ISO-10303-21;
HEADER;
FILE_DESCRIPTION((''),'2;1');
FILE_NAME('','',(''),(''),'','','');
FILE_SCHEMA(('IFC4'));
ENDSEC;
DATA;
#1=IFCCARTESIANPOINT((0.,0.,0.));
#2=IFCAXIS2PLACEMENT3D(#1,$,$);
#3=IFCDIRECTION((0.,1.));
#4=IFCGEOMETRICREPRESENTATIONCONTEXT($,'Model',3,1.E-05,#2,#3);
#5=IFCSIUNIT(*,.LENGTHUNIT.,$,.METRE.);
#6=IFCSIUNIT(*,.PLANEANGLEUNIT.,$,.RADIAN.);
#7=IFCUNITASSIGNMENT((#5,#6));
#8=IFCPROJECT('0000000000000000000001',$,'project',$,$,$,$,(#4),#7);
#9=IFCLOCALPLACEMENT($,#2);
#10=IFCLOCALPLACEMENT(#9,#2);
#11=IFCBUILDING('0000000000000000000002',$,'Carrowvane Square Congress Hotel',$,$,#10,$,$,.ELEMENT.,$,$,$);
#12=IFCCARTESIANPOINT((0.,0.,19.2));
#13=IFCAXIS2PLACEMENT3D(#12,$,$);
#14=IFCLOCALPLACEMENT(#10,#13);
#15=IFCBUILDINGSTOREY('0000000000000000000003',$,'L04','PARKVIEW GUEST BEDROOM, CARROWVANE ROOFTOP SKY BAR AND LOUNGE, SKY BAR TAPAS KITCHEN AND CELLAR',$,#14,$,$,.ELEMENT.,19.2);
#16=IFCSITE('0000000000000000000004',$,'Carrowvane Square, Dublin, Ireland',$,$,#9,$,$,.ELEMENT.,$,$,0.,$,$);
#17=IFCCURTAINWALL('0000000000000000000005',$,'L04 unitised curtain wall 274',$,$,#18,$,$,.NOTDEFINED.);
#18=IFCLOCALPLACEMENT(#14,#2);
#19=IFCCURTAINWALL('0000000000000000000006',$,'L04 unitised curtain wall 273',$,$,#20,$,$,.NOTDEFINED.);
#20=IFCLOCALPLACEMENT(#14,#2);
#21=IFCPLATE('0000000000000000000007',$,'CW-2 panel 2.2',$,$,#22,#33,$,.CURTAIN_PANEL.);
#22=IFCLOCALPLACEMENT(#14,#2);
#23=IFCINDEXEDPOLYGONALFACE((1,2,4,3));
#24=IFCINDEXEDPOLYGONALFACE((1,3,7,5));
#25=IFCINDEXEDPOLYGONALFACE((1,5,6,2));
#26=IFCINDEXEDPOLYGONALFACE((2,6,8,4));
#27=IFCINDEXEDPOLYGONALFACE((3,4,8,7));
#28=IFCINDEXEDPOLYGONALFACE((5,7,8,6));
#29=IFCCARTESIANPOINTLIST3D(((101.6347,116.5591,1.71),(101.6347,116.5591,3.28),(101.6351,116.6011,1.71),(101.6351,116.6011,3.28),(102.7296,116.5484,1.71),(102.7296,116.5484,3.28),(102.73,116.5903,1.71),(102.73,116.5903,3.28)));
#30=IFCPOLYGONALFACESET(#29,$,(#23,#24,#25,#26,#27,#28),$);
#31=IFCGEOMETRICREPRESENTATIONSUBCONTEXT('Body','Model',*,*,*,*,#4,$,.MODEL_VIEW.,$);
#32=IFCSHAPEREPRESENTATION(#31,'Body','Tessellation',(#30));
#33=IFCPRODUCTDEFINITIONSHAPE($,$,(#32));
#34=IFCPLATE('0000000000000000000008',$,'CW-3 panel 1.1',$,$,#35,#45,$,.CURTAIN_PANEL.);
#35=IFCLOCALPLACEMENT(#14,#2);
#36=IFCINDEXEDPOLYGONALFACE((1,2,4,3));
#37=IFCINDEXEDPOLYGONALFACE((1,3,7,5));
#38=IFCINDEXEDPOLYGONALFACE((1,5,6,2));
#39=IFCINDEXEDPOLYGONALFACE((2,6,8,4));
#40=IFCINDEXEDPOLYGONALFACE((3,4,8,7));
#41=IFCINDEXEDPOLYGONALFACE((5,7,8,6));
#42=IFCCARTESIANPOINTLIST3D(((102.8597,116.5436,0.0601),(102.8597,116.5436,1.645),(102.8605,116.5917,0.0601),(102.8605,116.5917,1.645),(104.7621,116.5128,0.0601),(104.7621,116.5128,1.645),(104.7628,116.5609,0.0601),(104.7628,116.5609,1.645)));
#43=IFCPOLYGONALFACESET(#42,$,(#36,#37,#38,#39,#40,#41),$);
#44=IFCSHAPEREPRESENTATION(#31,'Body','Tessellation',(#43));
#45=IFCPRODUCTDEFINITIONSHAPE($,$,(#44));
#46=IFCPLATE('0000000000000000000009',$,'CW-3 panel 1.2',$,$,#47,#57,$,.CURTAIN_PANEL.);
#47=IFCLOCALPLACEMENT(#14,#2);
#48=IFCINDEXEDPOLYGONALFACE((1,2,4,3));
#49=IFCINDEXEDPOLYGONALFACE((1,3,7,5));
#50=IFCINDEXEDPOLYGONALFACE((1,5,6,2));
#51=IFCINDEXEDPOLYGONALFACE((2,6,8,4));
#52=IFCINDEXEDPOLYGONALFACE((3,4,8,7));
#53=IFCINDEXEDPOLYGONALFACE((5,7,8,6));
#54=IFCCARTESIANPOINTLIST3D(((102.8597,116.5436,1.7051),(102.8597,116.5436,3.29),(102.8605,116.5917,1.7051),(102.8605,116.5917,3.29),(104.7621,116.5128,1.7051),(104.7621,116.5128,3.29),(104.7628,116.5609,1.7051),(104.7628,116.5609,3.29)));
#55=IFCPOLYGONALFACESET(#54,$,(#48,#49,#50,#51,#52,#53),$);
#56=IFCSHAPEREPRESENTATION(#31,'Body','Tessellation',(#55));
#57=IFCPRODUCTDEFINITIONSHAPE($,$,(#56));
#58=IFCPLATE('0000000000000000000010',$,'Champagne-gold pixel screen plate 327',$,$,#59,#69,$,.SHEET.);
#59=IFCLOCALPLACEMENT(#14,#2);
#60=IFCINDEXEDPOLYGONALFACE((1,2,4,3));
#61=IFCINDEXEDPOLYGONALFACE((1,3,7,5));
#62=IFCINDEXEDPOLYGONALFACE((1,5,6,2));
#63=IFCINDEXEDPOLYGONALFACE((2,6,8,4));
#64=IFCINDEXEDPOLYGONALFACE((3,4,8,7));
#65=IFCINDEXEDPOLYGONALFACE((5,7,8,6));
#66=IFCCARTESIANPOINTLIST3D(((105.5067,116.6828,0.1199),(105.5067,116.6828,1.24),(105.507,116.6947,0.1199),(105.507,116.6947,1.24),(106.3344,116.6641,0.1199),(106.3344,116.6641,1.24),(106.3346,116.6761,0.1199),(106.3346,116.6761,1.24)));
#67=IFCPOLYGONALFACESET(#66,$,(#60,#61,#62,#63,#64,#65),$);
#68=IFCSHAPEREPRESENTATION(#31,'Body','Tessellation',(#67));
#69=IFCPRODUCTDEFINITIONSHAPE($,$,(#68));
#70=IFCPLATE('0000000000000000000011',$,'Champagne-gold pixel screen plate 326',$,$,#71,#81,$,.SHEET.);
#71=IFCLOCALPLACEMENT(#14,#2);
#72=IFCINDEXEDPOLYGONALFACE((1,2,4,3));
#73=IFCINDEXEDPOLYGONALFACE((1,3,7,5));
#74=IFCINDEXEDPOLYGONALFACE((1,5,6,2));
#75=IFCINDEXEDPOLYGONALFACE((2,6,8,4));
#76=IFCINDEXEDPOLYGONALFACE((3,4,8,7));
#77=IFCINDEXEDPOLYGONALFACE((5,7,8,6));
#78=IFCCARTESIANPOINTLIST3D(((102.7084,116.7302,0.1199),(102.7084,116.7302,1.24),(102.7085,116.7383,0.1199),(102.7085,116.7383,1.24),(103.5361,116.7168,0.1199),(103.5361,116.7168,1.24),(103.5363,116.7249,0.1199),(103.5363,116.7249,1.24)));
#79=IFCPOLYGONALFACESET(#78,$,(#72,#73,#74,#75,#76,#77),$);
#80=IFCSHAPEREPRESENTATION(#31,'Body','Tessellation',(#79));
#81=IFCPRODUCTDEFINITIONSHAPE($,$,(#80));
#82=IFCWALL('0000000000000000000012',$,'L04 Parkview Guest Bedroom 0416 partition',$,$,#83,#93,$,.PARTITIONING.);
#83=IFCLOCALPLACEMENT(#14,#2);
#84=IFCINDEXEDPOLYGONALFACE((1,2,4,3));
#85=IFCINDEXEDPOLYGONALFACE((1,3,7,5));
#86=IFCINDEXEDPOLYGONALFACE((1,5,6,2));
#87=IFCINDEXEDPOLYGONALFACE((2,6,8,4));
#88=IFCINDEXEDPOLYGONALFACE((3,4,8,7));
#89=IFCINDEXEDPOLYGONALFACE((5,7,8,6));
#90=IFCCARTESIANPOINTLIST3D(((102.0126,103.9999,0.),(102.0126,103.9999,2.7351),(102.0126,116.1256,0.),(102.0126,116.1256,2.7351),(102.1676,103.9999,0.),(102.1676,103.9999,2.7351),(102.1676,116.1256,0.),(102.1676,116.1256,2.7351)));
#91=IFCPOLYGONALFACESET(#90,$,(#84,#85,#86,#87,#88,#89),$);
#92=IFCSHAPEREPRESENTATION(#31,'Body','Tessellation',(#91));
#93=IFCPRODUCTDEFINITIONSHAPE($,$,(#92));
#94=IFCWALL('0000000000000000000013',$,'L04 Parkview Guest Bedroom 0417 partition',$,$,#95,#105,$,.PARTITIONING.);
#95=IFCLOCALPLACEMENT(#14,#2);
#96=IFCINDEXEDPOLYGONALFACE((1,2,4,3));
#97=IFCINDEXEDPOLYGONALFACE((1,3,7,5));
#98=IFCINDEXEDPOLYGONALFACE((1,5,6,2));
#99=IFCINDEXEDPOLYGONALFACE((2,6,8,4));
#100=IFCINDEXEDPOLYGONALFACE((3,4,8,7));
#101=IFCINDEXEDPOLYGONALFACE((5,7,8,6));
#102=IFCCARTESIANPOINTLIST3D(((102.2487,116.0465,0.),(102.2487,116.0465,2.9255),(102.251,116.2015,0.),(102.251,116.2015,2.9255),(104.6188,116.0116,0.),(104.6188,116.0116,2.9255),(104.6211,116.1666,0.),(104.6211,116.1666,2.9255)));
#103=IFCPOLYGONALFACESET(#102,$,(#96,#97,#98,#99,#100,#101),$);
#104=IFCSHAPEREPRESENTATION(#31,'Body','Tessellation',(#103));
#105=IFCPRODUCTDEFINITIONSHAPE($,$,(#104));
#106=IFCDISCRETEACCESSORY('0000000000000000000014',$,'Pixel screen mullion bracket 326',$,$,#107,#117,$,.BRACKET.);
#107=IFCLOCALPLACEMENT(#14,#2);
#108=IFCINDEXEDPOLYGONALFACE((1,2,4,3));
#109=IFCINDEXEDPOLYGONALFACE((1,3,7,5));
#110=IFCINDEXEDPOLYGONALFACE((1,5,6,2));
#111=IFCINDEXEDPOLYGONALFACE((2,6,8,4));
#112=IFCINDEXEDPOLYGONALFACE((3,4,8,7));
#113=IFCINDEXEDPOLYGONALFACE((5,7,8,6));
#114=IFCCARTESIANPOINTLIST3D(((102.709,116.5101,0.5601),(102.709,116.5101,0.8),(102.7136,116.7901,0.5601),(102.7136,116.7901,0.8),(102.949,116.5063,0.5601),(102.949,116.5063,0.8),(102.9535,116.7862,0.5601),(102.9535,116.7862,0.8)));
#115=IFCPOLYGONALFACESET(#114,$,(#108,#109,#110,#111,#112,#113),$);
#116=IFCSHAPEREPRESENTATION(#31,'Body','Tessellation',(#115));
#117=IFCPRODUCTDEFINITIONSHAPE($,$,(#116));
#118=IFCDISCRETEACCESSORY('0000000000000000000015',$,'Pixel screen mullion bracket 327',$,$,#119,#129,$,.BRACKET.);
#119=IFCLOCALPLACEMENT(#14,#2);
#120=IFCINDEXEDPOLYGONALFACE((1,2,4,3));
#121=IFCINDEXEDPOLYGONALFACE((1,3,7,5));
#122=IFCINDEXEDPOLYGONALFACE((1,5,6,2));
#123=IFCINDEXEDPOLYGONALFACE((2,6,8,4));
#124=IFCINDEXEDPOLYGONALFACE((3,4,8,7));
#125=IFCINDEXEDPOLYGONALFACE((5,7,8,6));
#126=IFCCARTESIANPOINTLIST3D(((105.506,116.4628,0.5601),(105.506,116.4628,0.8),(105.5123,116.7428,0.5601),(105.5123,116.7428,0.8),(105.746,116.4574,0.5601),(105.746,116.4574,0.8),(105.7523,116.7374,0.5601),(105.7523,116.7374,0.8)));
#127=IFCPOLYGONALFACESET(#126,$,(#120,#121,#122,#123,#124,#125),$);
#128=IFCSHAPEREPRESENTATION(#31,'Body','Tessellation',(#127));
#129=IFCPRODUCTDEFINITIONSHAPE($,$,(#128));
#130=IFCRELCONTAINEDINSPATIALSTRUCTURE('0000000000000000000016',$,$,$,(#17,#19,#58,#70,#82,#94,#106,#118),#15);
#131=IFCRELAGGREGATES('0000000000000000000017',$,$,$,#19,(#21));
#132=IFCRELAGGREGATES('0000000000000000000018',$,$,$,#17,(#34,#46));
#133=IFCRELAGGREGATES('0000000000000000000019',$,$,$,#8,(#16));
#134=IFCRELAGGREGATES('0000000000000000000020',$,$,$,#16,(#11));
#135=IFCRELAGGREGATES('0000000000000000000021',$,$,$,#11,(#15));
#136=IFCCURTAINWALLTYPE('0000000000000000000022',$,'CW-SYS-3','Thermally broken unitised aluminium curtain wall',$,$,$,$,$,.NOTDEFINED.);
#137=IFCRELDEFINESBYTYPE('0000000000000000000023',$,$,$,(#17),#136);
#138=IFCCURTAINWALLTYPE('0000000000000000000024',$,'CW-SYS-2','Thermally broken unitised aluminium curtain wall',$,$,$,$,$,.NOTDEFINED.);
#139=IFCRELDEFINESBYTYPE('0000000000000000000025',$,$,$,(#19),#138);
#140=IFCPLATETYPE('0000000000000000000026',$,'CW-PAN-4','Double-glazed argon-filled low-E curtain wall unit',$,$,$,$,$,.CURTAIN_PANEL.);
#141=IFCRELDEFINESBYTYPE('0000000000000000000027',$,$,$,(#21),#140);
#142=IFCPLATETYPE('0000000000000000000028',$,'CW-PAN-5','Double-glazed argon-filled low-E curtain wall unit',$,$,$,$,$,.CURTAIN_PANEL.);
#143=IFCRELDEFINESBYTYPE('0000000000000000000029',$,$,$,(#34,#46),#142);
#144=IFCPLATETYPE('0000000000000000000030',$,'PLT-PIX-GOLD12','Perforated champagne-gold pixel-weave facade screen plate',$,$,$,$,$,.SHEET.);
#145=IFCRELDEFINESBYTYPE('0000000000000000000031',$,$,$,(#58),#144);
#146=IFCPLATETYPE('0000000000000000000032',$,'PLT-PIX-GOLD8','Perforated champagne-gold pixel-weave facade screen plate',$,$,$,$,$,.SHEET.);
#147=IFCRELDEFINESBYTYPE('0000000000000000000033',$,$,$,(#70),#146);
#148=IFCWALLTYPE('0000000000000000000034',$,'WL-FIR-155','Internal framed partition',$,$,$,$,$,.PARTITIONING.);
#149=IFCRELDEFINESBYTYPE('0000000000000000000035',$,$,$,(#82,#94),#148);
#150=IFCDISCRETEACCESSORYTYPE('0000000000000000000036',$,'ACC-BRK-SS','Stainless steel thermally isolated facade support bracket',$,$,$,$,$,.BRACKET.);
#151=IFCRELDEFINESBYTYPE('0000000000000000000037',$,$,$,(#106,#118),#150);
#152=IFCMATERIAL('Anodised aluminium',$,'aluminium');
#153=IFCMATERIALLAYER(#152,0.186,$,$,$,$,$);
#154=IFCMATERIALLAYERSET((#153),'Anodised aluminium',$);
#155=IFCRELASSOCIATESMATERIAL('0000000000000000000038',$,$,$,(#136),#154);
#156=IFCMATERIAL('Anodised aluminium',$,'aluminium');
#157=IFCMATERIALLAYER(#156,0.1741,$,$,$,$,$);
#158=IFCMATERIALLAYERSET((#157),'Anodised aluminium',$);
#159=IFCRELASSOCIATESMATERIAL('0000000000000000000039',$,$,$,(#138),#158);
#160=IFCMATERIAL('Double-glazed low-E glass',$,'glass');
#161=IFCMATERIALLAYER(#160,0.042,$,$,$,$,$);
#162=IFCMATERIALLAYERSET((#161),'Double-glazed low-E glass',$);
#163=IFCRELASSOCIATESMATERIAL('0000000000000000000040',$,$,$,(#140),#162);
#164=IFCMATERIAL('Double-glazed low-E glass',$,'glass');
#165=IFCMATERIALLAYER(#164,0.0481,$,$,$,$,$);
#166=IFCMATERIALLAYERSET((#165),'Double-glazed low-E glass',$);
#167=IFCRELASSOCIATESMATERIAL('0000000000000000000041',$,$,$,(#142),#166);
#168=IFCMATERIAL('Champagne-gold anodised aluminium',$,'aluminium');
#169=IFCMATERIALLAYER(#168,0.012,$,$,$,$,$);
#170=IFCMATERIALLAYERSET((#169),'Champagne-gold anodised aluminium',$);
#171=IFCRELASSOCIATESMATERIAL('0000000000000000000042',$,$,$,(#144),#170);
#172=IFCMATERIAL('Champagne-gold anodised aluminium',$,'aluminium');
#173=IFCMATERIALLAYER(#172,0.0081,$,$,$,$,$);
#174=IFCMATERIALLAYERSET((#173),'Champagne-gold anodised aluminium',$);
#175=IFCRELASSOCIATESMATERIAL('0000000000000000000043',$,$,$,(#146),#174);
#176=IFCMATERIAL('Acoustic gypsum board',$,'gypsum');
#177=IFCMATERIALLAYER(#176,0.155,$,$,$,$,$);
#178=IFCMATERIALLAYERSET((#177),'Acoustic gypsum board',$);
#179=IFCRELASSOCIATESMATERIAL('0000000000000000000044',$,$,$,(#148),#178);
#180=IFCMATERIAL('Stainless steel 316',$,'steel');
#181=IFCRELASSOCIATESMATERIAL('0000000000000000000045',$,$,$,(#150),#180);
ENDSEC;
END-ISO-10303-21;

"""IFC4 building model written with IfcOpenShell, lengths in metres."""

from ifc_helpers import new_model, si_unit, direction, frame, frame_2d, origin, origin_2d, place, context, subcontext, project, spatial, rectangle, extrude, material, layer, layer_set, type_object, element, aggregate, save


model = new_model("IFC4")

# Units and contexts
model_context = context("Model", 3, precision=1e-05, world=origin(), true_north=direction((0.0, 1.0)))
body_context = subcontext(model_context, "Body", "Model", "MODEL_VIEW")
ifc_project = project(units=[si_unit("LENGTHUNIT", "METRE"), si_unit("PLANEANGLEUNIT", "RADIAN")], contexts=[model_context])

# Site, building, storey
site_placement = place(None, origin())
site = spatial("IfcSite", under=ifc_project, at=site_placement, Name="Carrowvane Square, Dublin, Ireland", CompositionType="ELEMENT", RefElevation=0.0)
building_placement = place(site_placement, origin())
building = spatial("IfcBuilding", under=site, at=building_placement, Name="Carrowvane Square Congress Hotel", CompositionType="ELEMENT")
storey_placement = place(building_placement, frame((0.0, 0.0, 19.2)))
storey = spatial("IfcBuildingStorey", under=building, at=storey_placement, Name="L04", Description="PARKVIEW GUEST BEDROOM, CARROWVANE ROOFTOP SKY BAR AND LOUNGE, SKY BAR TAPAS KITCHEN AND CELLAR", CompositionType="ELEMENT", Elevation=19.2)

# Curtain walls
ifc_material_1 = material(Name="Anodised aluminium", Category="aluminium")
ifc_layer_1 = layer(ifc_material_1, 0.186)
ifc_layer_set_1 = layer_set([ifc_layer_1], Name="Anodised aluminium")
curtain_wall_type_1 = type_object("IfcCurtainWallType", Name="CW-SYS-3", Description="Thermally broken unitised aluminium curtain wall", PredefinedType="NOTDEFINED", material=ifc_layer_set_1)
curtain_wall_1_placement = place(storey_placement, origin())
curtain_wall_1 = element("IfcCurtainWall", 1, at=curtain_wall_1_placement, inside=storey, type_object=curtain_wall_type_1, Name="L04 unitised curtain wall 274", PredefinedType="NOTDEFINED")
ifc_material_2 = material(Name="Anodised aluminium", Category="aluminium")
ifc_layer_2 = layer(ifc_material_2, 0.1741)
ifc_layer_set_2 = layer_set([ifc_layer_2], Name="Anodised aluminium")
curtain_wall_type_2 = type_object("IfcCurtainWallType", Name="CW-SYS-2", Description="Thermally broken unitised aluminium curtain wall", PredefinedType="NOTDEFINED", material=ifc_layer_set_2)
curtain_wall_2_placement = place(storey_placement, origin())
curtain_wall_2 = element("IfcCurtainWall", 2, at=curtain_wall_2_placement, inside=storey, type_object=curtain_wall_type_2, Name="L04 unitised curtain wall 273", PredefinedType="NOTDEFINED")

# Plates
ifc_material_3 = material(Name="Double-glazed low-E glass", Category="glass")
ifc_layer_3 = layer(ifc_material_3, 0.042)
ifc_layer_set_3 = layer_set([ifc_layer_3], Name="Double-glazed low-E glass")
plate_type_1 = type_object("IfcPlateType", Name="CW-PAN-4", Description="Double-glazed argon-filled low-E curtain wall unit", PredefinedType="CURTAIN_PANEL", material=ifc_layer_set_3)
plate_1_placement = place(storey_placement, frame((102.1824, 116.5747, 1.71), z_axis=(0.0, 0.0, 1.0), x_axis=(0.999952, -0.009783, 0.0)))
plate_1 = element("IfcPlate", 3, at=plate_1_placement, type_object=plate_type_1, Name="CW-2 panel 2.2", PredefinedType="CURTAIN_PANEL", context=body_context, shape_type="SweptSolid", body=[
    extrude(rectangle(XDim=1.095, YDim=0.042, at=origin_2d()), origin(), (0.0, 0.0, 1.0), 1.5701),
])
aggregate(curtain_wall_2, [plate_1])
ifc_material_4 = material(Name="Double-glazed low-E glass", Category="glass")
ifc_layer_4 = layer(ifc_material_4, 0.0481)
ifc_layer_set_4 = layer_set([ifc_layer_4], Name="Double-glazed low-E glass")
plate_type_2 = type_object("IfcPlateType", Name="CW-PAN-5", Description="Double-glazed argon-filled low-E curtain wall unit", PredefinedType="CURTAIN_PANEL", material=ifc_layer_set_4)
plate_2_placement = place(storey_placement, frame((103.8113, 116.5522, 0.0601), z_axis=(0.0, 0.0, 1.0), x_axis=(0.999869, -0.016216, 0.0)))
plate_2 = element("IfcPlate", 4, at=plate_2_placement, type_object=plate_type_2, Name="CW-3 panel 1.1", PredefinedType="CURTAIN_PANEL", context=body_context, shape_type="SweptSolid", body=[
    extrude(rectangle(XDim=1.9026, YDim=0.0481, at=origin_2d()), origin(), (0.0, 0.0, 1.0), 1.585),
])
plate_3_placement = place(storey_placement, frame((103.8113, 116.5522, 1.7051), z_axis=(0.0, 0.0, 1.0), x_axis=(0.999869, -0.016216, 0.0)))
plate_3 = element("IfcPlate", 5, at=plate_3_placement, type_object=plate_type_2, Name="CW-3 panel 1.2", PredefinedType="CURTAIN_PANEL", context=body_context, shape_type="SweptSolid", body=[
    extrude(rectangle(XDim=1.9026, YDim=0.0481, at=origin_2d()), origin(), (0.0, 0.0, 1.0), 1.585),
])
aggregate(curtain_wall_1, [plate_2, plate_3])

# Plates
ifc_material_5 = material(Name="Champagne-gold anodised aluminium", Category="aluminium")
ifc_layer_5 = layer(ifc_material_5, 0.012)
ifc_layer_set_5 = layer_set([ifc_layer_5], Name="Champagne-gold anodised aluminium")
plate_type_3 = type_object("IfcPlateType", Name="PLT-PIX-GOLD12", Description="Perforated champagne-gold pixel-weave facade screen plate", PredefinedType="SHEET", material=ifc_layer_set_5)
plate_4_placement = place(storey_placement, frame((105.9207, 116.6794, 0.1199), z_axis=(0.0, 0.0, 1.0), x_axis=(0.999746, -0.022519, 0.0)))
element("IfcPlate", 6, at=plate_4_placement, inside=storey, type_object=plate_type_3, Name="Champagne-gold pixel screen plate 327", PredefinedType="SHEET", context=body_context, shape_type="SweptSolid", body=[
    extrude(rectangle(XDim=0.8279, YDim=0.012, at=origin_2d()), origin(), (0.0, 0.0, 1.0), 1.1201),
])
ifc_material_6 = material(Name="Champagne-gold anodised aluminium", Category="aluminium")
ifc_layer_6 = layer(ifc_material_6, 0.0081)
ifc_layer_set_6 = layer_set([ifc_layer_6], Name="Champagne-gold anodised aluminium")
plate_type_4 = type_object("IfcPlateType", Name="PLT-PIX-GOLD8", Description="Perforated champagne-gold pixel-weave facade screen plate", PredefinedType="SHEET", material=ifc_layer_set_6)
plate_5_placement = place(storey_placement, frame((103.1223, 116.7275, 0.1199), z_axis=(0.0, 0.0, 1.0), x_axis=(0.999869, -0.016216, 0.0)))
element("IfcPlate", 7, at=plate_5_placement, inside=storey, type_object=plate_type_4, Name="Champagne-gold pixel screen plate 326", PredefinedType="SHEET", context=body_context, shape_type="SweptSolid", body=[
    extrude(rectangle(XDim=0.8279, YDim=0.0081, at=origin_2d()), origin(), (0.0, 0.0, 1.0), 1.1201),
])

# Walls
ifc_material_7 = material(Name="Acoustic gypsum board", Category="gypsum")
ifc_layer_7 = layer(ifc_material_7, 0.155)
ifc_layer_set_7 = layer_set([ifc_layer_7], Name="Acoustic gypsum board")
wall_type = type_object("IfcWallType", Name="WL-FIR-155", Description="Internal framed partition", PredefinedType="PARTITIONING", material=ifc_layer_set_7)
wall_1_placement = place(storey_placement, frame((102.0901, 116.1257, 0.0), z_axis=(0.0, 0.0, 1.0), x_axis=(0.0, -1.0, 0.0)))
element("IfcWall", 8, at=wall_1_placement, inside=storey, type_object=wall_type, Name="L04 Parkview Guest Bedroom 0416 partition", PredefinedType="PARTITIONING", context=body_context, shape_type="SweptSolid", body=[
    extrude(rectangle(XDim=12.1257, YDim=0.155, at=frame_2d((6.063, 0.0))), origin(), (0.0, 0.0, 1.0), 2.7351),
])
wall_2_placement = place(storey_placement, frame((102.25, 116.124, 0.0), z_axis=(0.0, 0.0, 1.0), x_axis=(0.999892, -0.014729, 0.0)))
element("IfcWall", 9, at=wall_2_placement, inside=storey, type_object=wall_type, Name="L04 Parkview Guest Bedroom 0417 partition", PredefinedType="PARTITIONING", context=body_context, shape_type="SweptSolid", body=[
    extrude(rectangle(XDim=2.3704, YDim=0.155, at=frame_2d((1.1851, 0.0))), origin(), (0.0, 0.0, 1.0), 2.9255),
])

# Discrete accessories
ifc_material_8 = material(Name="Stainless steel 316", Category="steel")
discrete_accessory_type = type_object("IfcDiscreteAccessoryType", Name="ACC-BRK-SS", Description="Stainless steel thermally isolated facade support bracket", PredefinedType="BRACKET", material=ifc_material_8)
for number, where, z_axis, x_axis, name in (
    (10, (102.8313, 116.6482, 0.5601), (0.0, 0.0, 1.0), (0.999869, -0.016216, 0.0), "Pixel screen mullion bracket 326"),
    (11, (105.6292, 116.6001, 0.5601), (0.0, 0.0, 1.0), (0.999746, -0.022519, 0.0), "Pixel screen mullion bracket 327"),
):
    element("IfcDiscreteAccessory", number, at=place(storey_placement, frame(where, z_axis=z_axis, x_axis=x_axis)), inside=storey, type_object=discrete_accessory_type, Name=name, PredefinedType="BRACKET", context=body_context, shape_type="SweptSolid", body=[
        extrude(rectangle(XDim=0.24, YDim=0.28, at=origin_2d()), origin(), (0.0, 0.0, 1.0), 0.24),
    ])

save(model, "model.ifc")
